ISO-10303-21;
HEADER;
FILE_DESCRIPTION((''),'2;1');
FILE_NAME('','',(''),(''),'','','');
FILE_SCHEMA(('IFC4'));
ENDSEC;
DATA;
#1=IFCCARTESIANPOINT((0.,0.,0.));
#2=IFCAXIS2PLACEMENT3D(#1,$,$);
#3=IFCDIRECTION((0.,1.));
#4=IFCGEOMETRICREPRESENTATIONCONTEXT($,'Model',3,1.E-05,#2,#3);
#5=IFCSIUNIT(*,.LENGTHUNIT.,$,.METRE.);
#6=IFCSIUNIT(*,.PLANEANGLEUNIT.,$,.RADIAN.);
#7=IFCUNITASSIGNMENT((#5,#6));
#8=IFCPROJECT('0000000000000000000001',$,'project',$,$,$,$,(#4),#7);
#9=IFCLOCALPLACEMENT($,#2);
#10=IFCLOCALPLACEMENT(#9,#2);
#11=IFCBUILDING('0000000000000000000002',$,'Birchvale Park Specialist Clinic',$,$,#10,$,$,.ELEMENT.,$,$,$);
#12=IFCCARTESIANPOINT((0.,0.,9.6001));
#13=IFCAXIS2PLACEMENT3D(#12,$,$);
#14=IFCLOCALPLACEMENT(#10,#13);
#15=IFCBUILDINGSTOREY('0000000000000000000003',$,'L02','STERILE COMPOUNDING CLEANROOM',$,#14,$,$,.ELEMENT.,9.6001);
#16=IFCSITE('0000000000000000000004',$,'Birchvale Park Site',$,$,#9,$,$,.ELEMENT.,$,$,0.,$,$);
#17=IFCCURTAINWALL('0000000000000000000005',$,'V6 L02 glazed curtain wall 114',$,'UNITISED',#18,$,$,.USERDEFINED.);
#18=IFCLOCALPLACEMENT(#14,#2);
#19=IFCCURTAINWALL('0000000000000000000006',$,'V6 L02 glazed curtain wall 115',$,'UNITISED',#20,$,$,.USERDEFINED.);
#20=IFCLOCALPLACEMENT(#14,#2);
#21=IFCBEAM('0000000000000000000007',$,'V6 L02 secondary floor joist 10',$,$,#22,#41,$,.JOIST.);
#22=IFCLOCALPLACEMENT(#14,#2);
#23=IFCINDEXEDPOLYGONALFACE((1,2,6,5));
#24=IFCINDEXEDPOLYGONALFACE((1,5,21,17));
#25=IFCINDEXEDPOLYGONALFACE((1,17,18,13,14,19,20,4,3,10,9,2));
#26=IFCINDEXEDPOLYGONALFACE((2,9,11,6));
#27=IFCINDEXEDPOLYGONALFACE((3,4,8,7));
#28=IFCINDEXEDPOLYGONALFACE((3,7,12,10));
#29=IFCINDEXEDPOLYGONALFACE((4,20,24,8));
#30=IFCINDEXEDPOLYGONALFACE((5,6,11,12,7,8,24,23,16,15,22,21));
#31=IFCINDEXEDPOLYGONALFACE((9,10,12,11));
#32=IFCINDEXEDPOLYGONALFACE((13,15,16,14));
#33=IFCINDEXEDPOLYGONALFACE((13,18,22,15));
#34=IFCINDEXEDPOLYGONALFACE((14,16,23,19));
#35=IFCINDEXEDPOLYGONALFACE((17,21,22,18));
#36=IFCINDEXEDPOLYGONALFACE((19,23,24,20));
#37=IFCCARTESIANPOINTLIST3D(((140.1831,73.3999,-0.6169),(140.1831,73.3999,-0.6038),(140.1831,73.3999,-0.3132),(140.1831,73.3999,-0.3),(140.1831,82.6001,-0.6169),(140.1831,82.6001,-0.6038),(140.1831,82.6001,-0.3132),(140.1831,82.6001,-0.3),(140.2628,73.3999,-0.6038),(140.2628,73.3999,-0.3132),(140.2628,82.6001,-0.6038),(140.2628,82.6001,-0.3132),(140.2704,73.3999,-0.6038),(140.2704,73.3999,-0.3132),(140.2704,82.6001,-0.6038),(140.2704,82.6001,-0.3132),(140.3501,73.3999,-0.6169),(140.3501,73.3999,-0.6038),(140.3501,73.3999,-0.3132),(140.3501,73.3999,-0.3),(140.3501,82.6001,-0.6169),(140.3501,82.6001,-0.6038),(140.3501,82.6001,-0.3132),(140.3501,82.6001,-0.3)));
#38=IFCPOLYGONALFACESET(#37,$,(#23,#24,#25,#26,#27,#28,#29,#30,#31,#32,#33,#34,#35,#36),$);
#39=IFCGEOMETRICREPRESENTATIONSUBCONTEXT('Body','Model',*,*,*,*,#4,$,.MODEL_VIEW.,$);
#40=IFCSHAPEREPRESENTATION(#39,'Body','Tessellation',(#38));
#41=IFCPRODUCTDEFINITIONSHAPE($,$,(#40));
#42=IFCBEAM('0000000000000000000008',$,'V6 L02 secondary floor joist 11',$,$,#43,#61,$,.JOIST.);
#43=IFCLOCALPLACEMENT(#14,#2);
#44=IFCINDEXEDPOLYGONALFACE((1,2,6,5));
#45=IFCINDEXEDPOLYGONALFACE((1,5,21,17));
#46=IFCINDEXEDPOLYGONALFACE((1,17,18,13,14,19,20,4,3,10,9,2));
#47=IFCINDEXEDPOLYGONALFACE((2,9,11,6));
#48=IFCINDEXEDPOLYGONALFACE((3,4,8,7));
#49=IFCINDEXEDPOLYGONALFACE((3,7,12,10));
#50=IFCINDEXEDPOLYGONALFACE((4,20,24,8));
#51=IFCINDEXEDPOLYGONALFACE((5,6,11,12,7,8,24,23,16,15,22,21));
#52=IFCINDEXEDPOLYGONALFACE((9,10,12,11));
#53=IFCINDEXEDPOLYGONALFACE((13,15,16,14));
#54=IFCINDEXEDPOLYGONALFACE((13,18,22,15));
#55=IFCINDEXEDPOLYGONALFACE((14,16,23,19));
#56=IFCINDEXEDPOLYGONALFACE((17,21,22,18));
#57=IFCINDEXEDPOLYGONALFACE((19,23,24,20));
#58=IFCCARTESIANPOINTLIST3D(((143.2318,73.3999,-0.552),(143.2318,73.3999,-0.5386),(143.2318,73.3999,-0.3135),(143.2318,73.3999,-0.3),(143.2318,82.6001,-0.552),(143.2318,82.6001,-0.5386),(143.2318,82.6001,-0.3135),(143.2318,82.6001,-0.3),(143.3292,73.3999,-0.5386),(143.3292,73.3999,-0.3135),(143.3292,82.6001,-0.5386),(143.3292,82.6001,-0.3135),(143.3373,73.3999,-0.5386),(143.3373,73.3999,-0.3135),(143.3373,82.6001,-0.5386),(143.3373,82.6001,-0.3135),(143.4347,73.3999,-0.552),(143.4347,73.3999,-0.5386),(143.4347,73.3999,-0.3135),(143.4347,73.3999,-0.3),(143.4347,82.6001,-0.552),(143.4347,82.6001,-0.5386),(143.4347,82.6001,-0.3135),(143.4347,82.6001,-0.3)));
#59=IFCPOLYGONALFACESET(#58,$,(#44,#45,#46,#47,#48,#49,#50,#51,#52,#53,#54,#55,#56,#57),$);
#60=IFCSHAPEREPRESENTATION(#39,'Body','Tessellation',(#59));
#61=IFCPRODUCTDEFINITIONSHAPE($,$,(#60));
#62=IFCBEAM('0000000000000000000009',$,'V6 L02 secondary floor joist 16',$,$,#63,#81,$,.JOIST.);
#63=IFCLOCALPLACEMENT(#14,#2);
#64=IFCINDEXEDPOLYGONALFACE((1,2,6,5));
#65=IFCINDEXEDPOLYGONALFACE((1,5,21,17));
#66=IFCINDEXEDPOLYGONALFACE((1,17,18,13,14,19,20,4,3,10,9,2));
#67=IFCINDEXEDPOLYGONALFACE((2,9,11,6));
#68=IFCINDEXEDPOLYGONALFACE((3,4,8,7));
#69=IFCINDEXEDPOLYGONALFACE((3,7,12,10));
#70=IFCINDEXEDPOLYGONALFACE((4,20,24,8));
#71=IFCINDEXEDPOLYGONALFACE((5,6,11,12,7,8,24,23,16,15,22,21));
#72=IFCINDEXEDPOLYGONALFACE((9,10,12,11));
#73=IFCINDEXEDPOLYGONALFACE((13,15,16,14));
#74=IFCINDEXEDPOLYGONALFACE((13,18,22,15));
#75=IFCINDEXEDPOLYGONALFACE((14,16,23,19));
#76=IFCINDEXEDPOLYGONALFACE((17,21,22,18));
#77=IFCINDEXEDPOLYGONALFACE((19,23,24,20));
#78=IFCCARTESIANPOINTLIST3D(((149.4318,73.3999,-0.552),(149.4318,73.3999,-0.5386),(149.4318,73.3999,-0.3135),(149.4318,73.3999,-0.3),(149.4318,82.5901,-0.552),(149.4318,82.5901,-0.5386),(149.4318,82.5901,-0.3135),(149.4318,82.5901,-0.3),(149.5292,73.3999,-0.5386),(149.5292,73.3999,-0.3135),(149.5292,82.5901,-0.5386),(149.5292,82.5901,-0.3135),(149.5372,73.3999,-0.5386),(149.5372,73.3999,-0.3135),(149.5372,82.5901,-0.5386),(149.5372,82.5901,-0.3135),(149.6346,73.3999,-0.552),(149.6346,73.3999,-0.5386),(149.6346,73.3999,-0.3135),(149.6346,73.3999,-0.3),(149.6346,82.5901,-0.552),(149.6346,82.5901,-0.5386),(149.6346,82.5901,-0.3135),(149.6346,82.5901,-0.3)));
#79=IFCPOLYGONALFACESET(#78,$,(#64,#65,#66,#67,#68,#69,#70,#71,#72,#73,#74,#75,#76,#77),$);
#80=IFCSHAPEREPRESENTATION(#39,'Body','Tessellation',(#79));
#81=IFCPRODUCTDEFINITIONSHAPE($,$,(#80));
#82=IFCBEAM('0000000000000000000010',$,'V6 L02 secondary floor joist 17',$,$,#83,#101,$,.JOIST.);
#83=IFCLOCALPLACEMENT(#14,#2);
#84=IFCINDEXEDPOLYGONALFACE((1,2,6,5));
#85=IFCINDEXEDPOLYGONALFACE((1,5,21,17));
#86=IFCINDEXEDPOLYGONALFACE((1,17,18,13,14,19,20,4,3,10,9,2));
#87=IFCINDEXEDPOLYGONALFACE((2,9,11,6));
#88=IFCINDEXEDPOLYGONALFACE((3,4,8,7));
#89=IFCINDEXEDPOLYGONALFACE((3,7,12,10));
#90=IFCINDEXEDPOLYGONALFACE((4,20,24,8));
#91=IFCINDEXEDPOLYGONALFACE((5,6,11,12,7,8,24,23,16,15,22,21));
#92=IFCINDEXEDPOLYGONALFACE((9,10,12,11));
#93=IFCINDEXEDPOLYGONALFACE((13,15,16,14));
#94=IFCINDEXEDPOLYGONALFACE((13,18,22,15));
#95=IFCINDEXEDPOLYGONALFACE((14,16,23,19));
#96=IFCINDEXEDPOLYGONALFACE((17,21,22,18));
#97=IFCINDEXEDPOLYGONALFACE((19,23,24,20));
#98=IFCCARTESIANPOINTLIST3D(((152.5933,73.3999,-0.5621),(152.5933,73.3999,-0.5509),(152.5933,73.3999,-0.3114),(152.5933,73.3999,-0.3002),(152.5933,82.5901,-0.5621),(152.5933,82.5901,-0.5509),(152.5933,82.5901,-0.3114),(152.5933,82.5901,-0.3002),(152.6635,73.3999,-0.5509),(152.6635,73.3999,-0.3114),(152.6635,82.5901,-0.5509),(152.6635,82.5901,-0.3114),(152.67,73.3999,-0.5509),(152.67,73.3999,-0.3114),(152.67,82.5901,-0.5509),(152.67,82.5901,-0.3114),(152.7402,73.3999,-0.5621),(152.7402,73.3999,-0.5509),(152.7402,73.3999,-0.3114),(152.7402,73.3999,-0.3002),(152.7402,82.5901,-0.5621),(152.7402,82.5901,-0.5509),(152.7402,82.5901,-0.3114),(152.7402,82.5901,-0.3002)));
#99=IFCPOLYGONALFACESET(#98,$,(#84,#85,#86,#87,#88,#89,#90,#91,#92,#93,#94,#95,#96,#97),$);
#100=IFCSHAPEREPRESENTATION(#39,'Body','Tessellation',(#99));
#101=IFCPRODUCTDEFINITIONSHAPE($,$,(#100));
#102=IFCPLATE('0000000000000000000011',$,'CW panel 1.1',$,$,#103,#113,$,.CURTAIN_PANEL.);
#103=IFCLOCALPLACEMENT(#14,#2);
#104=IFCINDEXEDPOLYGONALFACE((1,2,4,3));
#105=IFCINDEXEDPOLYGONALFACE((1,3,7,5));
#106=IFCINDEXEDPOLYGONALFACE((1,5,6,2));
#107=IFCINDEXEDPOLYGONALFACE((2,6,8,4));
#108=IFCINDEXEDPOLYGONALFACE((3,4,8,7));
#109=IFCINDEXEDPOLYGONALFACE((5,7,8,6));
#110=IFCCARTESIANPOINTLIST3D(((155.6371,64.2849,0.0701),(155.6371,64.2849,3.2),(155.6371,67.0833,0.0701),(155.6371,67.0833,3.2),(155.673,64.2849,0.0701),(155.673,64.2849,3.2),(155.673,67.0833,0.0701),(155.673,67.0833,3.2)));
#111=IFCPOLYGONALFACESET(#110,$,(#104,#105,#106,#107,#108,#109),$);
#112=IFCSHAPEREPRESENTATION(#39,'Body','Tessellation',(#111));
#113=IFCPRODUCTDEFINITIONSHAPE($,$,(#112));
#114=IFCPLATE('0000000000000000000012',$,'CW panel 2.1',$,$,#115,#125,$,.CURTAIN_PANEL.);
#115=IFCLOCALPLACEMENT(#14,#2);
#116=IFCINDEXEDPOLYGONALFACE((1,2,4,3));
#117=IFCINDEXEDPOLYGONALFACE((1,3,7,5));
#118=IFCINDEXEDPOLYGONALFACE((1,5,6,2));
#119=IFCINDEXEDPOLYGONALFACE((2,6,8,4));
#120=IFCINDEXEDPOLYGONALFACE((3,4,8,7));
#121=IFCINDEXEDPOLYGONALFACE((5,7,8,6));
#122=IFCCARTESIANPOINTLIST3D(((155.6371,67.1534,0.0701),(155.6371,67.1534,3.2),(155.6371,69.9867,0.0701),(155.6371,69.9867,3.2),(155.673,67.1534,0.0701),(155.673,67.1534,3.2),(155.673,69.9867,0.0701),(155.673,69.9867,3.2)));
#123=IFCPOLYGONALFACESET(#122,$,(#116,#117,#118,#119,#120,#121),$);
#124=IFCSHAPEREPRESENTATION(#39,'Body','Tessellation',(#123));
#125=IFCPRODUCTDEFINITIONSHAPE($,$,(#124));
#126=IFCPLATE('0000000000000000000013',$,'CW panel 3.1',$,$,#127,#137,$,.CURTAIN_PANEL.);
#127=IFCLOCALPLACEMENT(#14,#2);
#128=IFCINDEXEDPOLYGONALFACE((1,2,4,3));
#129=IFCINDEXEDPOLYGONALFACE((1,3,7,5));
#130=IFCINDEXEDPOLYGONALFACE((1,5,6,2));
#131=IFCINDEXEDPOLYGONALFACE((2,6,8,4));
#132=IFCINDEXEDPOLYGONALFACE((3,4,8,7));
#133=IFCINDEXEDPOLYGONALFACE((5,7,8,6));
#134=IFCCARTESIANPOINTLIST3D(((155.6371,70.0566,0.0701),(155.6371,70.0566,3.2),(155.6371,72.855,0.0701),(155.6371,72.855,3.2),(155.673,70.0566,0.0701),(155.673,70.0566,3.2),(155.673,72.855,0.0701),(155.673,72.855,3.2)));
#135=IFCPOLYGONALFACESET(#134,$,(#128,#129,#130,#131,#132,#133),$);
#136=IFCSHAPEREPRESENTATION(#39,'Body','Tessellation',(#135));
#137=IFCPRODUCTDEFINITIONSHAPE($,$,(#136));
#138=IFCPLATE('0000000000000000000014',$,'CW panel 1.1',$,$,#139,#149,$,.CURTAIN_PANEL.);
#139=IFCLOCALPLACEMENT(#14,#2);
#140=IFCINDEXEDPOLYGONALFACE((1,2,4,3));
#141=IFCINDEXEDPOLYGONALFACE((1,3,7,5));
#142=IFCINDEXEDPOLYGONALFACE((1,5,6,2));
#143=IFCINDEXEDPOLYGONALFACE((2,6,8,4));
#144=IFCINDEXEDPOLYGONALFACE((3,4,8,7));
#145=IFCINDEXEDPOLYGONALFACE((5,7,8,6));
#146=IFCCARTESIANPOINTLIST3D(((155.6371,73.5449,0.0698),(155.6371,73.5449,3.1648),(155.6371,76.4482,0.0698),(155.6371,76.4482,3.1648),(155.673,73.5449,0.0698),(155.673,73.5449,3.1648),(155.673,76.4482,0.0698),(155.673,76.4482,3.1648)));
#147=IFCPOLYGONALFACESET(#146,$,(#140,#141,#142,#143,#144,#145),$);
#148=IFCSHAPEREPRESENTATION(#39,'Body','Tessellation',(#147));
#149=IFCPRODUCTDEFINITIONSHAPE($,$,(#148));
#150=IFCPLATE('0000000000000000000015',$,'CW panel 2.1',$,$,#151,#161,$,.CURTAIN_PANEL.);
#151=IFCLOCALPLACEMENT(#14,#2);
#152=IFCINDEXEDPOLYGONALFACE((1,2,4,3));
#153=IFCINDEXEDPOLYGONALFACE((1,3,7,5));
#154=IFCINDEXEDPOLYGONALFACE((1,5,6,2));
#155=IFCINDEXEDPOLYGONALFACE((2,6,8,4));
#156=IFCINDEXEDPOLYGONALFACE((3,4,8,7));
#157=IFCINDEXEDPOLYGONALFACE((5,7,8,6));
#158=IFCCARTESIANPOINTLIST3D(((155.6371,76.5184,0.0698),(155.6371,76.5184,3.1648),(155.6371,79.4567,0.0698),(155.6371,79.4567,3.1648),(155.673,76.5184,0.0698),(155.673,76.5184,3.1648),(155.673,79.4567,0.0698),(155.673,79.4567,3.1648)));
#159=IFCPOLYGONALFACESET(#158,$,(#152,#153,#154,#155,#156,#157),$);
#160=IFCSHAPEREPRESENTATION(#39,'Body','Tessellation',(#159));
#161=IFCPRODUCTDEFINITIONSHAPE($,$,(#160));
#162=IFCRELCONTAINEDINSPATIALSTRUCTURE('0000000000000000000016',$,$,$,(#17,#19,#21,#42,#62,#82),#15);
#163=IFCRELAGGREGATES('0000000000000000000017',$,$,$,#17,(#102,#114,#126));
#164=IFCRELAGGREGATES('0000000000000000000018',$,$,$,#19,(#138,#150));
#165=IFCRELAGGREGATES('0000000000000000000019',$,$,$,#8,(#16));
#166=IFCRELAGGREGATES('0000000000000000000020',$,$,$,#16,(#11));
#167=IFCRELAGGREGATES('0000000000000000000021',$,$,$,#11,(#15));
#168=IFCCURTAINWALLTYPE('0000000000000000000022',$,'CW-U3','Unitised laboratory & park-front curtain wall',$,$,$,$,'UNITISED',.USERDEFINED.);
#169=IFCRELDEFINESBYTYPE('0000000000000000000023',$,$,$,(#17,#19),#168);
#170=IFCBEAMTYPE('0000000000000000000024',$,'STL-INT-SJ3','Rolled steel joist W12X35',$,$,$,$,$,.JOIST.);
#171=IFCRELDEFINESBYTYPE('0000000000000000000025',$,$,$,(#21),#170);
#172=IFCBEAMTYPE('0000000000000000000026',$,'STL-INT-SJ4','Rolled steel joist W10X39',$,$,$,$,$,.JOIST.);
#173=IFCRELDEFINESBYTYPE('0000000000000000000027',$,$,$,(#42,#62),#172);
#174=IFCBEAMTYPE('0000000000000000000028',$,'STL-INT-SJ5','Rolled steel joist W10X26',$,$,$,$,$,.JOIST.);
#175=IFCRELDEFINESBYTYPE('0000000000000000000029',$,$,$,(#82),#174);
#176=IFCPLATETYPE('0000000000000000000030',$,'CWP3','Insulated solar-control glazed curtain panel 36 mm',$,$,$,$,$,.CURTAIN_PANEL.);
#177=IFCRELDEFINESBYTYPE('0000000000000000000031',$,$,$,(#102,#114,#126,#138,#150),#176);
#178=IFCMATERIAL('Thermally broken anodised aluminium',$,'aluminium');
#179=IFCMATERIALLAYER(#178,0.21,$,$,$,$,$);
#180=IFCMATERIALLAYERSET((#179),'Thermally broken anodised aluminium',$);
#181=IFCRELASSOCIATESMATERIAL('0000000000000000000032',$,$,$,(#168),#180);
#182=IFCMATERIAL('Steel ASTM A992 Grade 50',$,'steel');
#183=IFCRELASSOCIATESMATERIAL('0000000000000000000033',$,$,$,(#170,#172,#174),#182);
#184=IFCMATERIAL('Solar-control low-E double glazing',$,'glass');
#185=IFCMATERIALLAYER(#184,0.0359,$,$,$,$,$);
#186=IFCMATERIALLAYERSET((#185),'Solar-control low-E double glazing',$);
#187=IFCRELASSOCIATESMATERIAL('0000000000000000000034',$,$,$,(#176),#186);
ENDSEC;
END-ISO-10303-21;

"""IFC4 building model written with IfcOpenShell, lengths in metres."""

from ifc_helpers import new_model, si_unit, direction, frame, origin, origin_2d, place, context, subcontext, project, spatial, rectangle, i_section, extrude, material, layer, layer_set, material_profile, profile_set, type_object, element, aggregate, save


model = new_model("IFC4")

# Units and contexts
model_context = context("Model", 3, precision=1e-05, world=origin(), true_north=direction((0.0, 1.0)))
body_context = subcontext(model_context, "Body", "Model", "MODEL_VIEW")
ifc_project = project(units=[si_unit("LENGTHUNIT", "METRE"), si_unit("PLANEANGLEUNIT", "RADIAN")], contexts=[model_context])

# Site, building, storey
site_placement = place(None, origin())
site = spatial("IfcSite", under=ifc_project, at=site_placement, Name="Birchvale Park Site", CompositionType="ELEMENT", RefElevation=0.0)
building_placement = place(site_placement, origin())
building = spatial("IfcBuilding", under=site, at=building_placement, Name="Birchvale Park Specialist Clinic", CompositionType="ELEMENT")
storey_placement = place(building_placement, frame((0.0, 0.0, 9.6001)))
storey = spatial("IfcBuildingStorey", under=building, at=storey_placement, Name="L02", Description="STERILE COMPOUNDING CLEANROOM", CompositionType="ELEMENT", Elevation=9.6001)

# Curtain walls
ifc_material_1 = material(Name="Thermally broken anodised aluminium", Category="aluminium")
ifc_layer_1 = layer(ifc_material_1, 0.21)
ifc_layer_set_1 = layer_set([ifc_layer_1], Name="Thermally broken anodised aluminium")
curtain_wall_type = type_object("IfcCurtainWallType", Name="CW-U3", Description="Unitised laboratory & park-front curtain wall", ElementType="UNITISED", PredefinedType="USERDEFINED", material=ifc_layer_set_1)
curtain_wall_1_placement = place(storey_placement, origin())
curtain_wall_1 = element("IfcCurtainWall", 1, at=curtain_wall_1_placement, inside=storey, type_object=curtain_wall_type, Name="V6 L02 glazed curtain wall 114", ObjectType="UNITISED", PredefinedType="USERDEFINED")
curtain_wall_2_placement = place(storey_placement, origin())
curtain_wall_2 = element("IfcCurtainWall", 2, at=curtain_wall_2_placement, inside=storey, type_object=curtain_wall_type, Name="V6 L02 glazed curtain wall 115", ObjectType="UNITISED", PredefinedType="USERDEFINED")

# Beams
ifc_material_2 = material(Name="Steel ASTM A992 Grade 50", Category="steel")
ifc_material_profile_1 = material_profile(ifc_material_2, i_section(OverallWidth=0.167, OverallDepth=0.3169, WebThickness=0.0076, FlangeThickness=0.0132, at=origin_2d()), Name="W12X35")
ifc_profile_set_1 = profile_set([ifc_material_profile_1], Name="Steel ASTM A992 Grade 50")
beam_type_1 = type_object("IfcBeamType", Name="STL-INT-SJ3", Description="Rolled steel joist W12X35", PredefinedType="JOIST", material=ifc_profile_set_1)
beam_1_placement = place(storey_placement, frame((140.2666, 73.3999, -0.4585), z_axis=(0.0, 1.0, 0.0), x_axis=(-1.0, 0.0, 0.0)))
element("IfcBeam", 3, at=beam_1_placement, inside=storey, type_object=beam_type_1, Name="V6 L02 secondary floor joist 10", PredefinedType="JOIST", context=body_context, shape_type="SweptSolid", body=[
    extrude(i_section(OverallWidth=0.167, OverallDepth=0.3169, WebThickness=0.0076, FlangeThickness=0.0132, at=origin_2d()), origin(), (0.0, 0.0, 1.0), 9.2002),
])
ifc_material_profile_2 = material_profile(ifc_material_2, i_section(OverallWidth=0.2029, OverallDepth=0.252, WebThickness=0.0081, FlangeThickness=0.0134, at=origin_2d()), Name="W10X39")
ifc_profile_set_2 = profile_set([ifc_material_profile_2], Name="Steel ASTM A992 Grade 50")
beam_type_2 = type_object("IfcBeamType", Name="STL-INT-SJ4", Description="Rolled steel joist W10X39", PredefinedType="JOIST", material=ifc_profile_set_2)
beam_2_placement = place(storey_placement, frame((143.3333, 73.3999, -0.426), z_axis=(0.0, 1.0, 0.0), x_axis=(-1.0, 0.0, 0.0)))
element("IfcBeam", 4, at=beam_2_placement, inside=storey, type_object=beam_type_2, Name="V6 L02 secondary floor joist 11", PredefinedType="JOIST", context=body_context, shape_type="SweptSolid", body=[
    extrude(i_section(OverallWidth=0.2029, OverallDepth=0.252, WebThickness=0.0081, FlangeThickness=0.0134, at=origin_2d()), origin(), (0.0, 0.0, 1.0), 9.2002),
])
beam_3_placement = place(storey_placement, frame((149.5332, 73.3999, -0.426), z_axis=(0.0, 1.0, 0.0), x_axis=(-1.0, 0.0, 0.0)))
element("IfcBeam", 5, at=beam_3_placement, inside=storey, type_object=beam_type_2, Name="V6 L02 secondary floor joist 16", PredefinedType="JOIST", context=body_context, shape_type="SweptSolid", body=[
    extrude(i_section(OverallWidth=0.2029, OverallDepth=0.252, WebThickness=0.0081, FlangeThickness=0.0134, at=origin_2d()), origin(), (0.0, 0.0, 1.0), 9.1902),
])
ifc_material_profile_3 = material_profile(ifc_material_2, i_section(OverallWidth=0.147, OverallDepth=0.262, WebThickness=0.0066, FlangeThickness=0.0112, at=origin_2d()), Name="W10X26")
ifc_profile_set_3 = profile_set([ifc_material_profile_3], Name="Steel ASTM A992 Grade 50")
beam_type_3 = type_object("IfcBeamType", Name="STL-INT-SJ5", Description="Rolled steel joist W10X26", PredefinedType="JOIST", material=ifc_profile_set_3)
beam_4_placement = place(storey_placement, frame((152.6667, 73.3999, -0.4312), z_axis=(0.0, 1.0, 0.0), x_axis=(-1.0, 0.0, 0.0)))
element("IfcBeam", 6, at=beam_4_placement, inside=storey, type_object=beam_type_3, Name="V6 L02 secondary floor joist 17", PredefinedType="JOIST", context=body_context, shape_type="SweptSolid", body=[
    extrude(i_section(OverallWidth=0.147, OverallDepth=0.262, WebThickness=0.0066, FlangeThickness=0.0112, at=origin_2d()), origin(), (0.0, 0.0, 1.0), 9.1902),
])

# Plates
ifc_material_3 = material(Name="Solar-control low-E double glazing", Category="glass")
ifc_layer_2 = layer(ifc_material_3, 0.0359)
ifc_layer_set_2 = layer_set([ifc_layer_2], Name="Solar-control low-E double glazing")
plate_type = type_object("IfcPlateType", Name="CWP3", Description="Insulated solar-control glazed curtain panel 36 mm", PredefinedType="CURTAIN_PANEL", material=ifc_layer_set_2)
plate_1_placement = place(storey_placement, frame((155.655, 65.6841, 0.0701), z_axis=(0.0, 0.0, 1.0), x_axis=(0.0, 1.0, 0.0)))
plate_1 = element("IfcPlate", 7, at=plate_1_placement, type_object=plate_type, Name="CW panel 1.1", PredefinedType="CURTAIN_PANEL", context=body_context, shape_type="SweptSolid", body=[
    extrude(rectangle(XDim=2.7983, YDim=0.0359, at=origin_2d()), origin(), (0.0, 0.0, 1.0), 3.1299),
])
plate_2_placement = place(storey_placement, frame((155.655, 68.5701, 0.0701), z_axis=(0.0, 0.0, 1.0), x_axis=(0.0, 1.0, 0.0)))
plate_2 = element("IfcPlate", 8, at=plate_2_placement, type_object=plate_type, Name="CW panel 2.1", PredefinedType="CURTAIN_PANEL", context=body_context, shape_type="SweptSolid", body=[
    extrude(rectangle(XDim=2.8333, YDim=0.0359, at=origin_2d()), origin(), (0.0, 0.0, 1.0), 3.1299),
])
plate_3_placement = place(storey_placement, frame((155.655, 71.4558, 0.0701), z_axis=(0.0, 0.0, 1.0), x_axis=(0.0, 1.0, 0.0)))
plate_3 = element("IfcPlate", 9, at=plate_3_placement, type_object=plate_type, Name="CW panel 3.1", PredefinedType="CURTAIN_PANEL", context=body_context, shape_type="SweptSolid", body=[
    extrude(rectangle(XDim=2.7983, YDim=0.0359, at=origin_2d()), origin(), (0.0, 0.0, 1.0), 3.1299),
])
aggregate(curtain_wall_1, [plate_1, plate_2, plate_3])
plate_4_placement = place(storey_placement, frame((155.655, 74.9966, 0.0698), z_axis=(0.0, 0.0, 1.0), x_axis=(0.0, 1.0, 0.0)))
plate_4 = element("IfcPlate", 10, at=plate_4_placement, type_object=plate_type, Name="CW panel 1.1", PredefinedType="CURTAIN_PANEL", context=body_context, shape_type="SweptSolid", body=[
    extrude(rectangle(XDim=2.9033, YDim=0.0359, at=origin_2d()), origin(), (0.0, 0.0, 1.0), 3.095),
])
plate_5_placement = place(storey_placement, frame((155.655, 77.9875, 0.0698), z_axis=(0.0, 0.0, 1.0), x_axis=(0.0, 1.0, 0.0)))
plate_5 = element("IfcPlate", 11, at=plate_5_placement, type_object=plate_type, Name="CW panel 2.1", PredefinedType="CURTAIN_PANEL", context=body_context, shape_type="SweptSolid", body=[
    extrude(rectangle(XDim=2.9382, YDim=0.0359, at=origin_2d()), origin(), (0.0, 0.0, 1.0), 3.095),
])
aggregate(curtain_wall_2, [plate_4, plate_5])

save(model, "model.ifc")
